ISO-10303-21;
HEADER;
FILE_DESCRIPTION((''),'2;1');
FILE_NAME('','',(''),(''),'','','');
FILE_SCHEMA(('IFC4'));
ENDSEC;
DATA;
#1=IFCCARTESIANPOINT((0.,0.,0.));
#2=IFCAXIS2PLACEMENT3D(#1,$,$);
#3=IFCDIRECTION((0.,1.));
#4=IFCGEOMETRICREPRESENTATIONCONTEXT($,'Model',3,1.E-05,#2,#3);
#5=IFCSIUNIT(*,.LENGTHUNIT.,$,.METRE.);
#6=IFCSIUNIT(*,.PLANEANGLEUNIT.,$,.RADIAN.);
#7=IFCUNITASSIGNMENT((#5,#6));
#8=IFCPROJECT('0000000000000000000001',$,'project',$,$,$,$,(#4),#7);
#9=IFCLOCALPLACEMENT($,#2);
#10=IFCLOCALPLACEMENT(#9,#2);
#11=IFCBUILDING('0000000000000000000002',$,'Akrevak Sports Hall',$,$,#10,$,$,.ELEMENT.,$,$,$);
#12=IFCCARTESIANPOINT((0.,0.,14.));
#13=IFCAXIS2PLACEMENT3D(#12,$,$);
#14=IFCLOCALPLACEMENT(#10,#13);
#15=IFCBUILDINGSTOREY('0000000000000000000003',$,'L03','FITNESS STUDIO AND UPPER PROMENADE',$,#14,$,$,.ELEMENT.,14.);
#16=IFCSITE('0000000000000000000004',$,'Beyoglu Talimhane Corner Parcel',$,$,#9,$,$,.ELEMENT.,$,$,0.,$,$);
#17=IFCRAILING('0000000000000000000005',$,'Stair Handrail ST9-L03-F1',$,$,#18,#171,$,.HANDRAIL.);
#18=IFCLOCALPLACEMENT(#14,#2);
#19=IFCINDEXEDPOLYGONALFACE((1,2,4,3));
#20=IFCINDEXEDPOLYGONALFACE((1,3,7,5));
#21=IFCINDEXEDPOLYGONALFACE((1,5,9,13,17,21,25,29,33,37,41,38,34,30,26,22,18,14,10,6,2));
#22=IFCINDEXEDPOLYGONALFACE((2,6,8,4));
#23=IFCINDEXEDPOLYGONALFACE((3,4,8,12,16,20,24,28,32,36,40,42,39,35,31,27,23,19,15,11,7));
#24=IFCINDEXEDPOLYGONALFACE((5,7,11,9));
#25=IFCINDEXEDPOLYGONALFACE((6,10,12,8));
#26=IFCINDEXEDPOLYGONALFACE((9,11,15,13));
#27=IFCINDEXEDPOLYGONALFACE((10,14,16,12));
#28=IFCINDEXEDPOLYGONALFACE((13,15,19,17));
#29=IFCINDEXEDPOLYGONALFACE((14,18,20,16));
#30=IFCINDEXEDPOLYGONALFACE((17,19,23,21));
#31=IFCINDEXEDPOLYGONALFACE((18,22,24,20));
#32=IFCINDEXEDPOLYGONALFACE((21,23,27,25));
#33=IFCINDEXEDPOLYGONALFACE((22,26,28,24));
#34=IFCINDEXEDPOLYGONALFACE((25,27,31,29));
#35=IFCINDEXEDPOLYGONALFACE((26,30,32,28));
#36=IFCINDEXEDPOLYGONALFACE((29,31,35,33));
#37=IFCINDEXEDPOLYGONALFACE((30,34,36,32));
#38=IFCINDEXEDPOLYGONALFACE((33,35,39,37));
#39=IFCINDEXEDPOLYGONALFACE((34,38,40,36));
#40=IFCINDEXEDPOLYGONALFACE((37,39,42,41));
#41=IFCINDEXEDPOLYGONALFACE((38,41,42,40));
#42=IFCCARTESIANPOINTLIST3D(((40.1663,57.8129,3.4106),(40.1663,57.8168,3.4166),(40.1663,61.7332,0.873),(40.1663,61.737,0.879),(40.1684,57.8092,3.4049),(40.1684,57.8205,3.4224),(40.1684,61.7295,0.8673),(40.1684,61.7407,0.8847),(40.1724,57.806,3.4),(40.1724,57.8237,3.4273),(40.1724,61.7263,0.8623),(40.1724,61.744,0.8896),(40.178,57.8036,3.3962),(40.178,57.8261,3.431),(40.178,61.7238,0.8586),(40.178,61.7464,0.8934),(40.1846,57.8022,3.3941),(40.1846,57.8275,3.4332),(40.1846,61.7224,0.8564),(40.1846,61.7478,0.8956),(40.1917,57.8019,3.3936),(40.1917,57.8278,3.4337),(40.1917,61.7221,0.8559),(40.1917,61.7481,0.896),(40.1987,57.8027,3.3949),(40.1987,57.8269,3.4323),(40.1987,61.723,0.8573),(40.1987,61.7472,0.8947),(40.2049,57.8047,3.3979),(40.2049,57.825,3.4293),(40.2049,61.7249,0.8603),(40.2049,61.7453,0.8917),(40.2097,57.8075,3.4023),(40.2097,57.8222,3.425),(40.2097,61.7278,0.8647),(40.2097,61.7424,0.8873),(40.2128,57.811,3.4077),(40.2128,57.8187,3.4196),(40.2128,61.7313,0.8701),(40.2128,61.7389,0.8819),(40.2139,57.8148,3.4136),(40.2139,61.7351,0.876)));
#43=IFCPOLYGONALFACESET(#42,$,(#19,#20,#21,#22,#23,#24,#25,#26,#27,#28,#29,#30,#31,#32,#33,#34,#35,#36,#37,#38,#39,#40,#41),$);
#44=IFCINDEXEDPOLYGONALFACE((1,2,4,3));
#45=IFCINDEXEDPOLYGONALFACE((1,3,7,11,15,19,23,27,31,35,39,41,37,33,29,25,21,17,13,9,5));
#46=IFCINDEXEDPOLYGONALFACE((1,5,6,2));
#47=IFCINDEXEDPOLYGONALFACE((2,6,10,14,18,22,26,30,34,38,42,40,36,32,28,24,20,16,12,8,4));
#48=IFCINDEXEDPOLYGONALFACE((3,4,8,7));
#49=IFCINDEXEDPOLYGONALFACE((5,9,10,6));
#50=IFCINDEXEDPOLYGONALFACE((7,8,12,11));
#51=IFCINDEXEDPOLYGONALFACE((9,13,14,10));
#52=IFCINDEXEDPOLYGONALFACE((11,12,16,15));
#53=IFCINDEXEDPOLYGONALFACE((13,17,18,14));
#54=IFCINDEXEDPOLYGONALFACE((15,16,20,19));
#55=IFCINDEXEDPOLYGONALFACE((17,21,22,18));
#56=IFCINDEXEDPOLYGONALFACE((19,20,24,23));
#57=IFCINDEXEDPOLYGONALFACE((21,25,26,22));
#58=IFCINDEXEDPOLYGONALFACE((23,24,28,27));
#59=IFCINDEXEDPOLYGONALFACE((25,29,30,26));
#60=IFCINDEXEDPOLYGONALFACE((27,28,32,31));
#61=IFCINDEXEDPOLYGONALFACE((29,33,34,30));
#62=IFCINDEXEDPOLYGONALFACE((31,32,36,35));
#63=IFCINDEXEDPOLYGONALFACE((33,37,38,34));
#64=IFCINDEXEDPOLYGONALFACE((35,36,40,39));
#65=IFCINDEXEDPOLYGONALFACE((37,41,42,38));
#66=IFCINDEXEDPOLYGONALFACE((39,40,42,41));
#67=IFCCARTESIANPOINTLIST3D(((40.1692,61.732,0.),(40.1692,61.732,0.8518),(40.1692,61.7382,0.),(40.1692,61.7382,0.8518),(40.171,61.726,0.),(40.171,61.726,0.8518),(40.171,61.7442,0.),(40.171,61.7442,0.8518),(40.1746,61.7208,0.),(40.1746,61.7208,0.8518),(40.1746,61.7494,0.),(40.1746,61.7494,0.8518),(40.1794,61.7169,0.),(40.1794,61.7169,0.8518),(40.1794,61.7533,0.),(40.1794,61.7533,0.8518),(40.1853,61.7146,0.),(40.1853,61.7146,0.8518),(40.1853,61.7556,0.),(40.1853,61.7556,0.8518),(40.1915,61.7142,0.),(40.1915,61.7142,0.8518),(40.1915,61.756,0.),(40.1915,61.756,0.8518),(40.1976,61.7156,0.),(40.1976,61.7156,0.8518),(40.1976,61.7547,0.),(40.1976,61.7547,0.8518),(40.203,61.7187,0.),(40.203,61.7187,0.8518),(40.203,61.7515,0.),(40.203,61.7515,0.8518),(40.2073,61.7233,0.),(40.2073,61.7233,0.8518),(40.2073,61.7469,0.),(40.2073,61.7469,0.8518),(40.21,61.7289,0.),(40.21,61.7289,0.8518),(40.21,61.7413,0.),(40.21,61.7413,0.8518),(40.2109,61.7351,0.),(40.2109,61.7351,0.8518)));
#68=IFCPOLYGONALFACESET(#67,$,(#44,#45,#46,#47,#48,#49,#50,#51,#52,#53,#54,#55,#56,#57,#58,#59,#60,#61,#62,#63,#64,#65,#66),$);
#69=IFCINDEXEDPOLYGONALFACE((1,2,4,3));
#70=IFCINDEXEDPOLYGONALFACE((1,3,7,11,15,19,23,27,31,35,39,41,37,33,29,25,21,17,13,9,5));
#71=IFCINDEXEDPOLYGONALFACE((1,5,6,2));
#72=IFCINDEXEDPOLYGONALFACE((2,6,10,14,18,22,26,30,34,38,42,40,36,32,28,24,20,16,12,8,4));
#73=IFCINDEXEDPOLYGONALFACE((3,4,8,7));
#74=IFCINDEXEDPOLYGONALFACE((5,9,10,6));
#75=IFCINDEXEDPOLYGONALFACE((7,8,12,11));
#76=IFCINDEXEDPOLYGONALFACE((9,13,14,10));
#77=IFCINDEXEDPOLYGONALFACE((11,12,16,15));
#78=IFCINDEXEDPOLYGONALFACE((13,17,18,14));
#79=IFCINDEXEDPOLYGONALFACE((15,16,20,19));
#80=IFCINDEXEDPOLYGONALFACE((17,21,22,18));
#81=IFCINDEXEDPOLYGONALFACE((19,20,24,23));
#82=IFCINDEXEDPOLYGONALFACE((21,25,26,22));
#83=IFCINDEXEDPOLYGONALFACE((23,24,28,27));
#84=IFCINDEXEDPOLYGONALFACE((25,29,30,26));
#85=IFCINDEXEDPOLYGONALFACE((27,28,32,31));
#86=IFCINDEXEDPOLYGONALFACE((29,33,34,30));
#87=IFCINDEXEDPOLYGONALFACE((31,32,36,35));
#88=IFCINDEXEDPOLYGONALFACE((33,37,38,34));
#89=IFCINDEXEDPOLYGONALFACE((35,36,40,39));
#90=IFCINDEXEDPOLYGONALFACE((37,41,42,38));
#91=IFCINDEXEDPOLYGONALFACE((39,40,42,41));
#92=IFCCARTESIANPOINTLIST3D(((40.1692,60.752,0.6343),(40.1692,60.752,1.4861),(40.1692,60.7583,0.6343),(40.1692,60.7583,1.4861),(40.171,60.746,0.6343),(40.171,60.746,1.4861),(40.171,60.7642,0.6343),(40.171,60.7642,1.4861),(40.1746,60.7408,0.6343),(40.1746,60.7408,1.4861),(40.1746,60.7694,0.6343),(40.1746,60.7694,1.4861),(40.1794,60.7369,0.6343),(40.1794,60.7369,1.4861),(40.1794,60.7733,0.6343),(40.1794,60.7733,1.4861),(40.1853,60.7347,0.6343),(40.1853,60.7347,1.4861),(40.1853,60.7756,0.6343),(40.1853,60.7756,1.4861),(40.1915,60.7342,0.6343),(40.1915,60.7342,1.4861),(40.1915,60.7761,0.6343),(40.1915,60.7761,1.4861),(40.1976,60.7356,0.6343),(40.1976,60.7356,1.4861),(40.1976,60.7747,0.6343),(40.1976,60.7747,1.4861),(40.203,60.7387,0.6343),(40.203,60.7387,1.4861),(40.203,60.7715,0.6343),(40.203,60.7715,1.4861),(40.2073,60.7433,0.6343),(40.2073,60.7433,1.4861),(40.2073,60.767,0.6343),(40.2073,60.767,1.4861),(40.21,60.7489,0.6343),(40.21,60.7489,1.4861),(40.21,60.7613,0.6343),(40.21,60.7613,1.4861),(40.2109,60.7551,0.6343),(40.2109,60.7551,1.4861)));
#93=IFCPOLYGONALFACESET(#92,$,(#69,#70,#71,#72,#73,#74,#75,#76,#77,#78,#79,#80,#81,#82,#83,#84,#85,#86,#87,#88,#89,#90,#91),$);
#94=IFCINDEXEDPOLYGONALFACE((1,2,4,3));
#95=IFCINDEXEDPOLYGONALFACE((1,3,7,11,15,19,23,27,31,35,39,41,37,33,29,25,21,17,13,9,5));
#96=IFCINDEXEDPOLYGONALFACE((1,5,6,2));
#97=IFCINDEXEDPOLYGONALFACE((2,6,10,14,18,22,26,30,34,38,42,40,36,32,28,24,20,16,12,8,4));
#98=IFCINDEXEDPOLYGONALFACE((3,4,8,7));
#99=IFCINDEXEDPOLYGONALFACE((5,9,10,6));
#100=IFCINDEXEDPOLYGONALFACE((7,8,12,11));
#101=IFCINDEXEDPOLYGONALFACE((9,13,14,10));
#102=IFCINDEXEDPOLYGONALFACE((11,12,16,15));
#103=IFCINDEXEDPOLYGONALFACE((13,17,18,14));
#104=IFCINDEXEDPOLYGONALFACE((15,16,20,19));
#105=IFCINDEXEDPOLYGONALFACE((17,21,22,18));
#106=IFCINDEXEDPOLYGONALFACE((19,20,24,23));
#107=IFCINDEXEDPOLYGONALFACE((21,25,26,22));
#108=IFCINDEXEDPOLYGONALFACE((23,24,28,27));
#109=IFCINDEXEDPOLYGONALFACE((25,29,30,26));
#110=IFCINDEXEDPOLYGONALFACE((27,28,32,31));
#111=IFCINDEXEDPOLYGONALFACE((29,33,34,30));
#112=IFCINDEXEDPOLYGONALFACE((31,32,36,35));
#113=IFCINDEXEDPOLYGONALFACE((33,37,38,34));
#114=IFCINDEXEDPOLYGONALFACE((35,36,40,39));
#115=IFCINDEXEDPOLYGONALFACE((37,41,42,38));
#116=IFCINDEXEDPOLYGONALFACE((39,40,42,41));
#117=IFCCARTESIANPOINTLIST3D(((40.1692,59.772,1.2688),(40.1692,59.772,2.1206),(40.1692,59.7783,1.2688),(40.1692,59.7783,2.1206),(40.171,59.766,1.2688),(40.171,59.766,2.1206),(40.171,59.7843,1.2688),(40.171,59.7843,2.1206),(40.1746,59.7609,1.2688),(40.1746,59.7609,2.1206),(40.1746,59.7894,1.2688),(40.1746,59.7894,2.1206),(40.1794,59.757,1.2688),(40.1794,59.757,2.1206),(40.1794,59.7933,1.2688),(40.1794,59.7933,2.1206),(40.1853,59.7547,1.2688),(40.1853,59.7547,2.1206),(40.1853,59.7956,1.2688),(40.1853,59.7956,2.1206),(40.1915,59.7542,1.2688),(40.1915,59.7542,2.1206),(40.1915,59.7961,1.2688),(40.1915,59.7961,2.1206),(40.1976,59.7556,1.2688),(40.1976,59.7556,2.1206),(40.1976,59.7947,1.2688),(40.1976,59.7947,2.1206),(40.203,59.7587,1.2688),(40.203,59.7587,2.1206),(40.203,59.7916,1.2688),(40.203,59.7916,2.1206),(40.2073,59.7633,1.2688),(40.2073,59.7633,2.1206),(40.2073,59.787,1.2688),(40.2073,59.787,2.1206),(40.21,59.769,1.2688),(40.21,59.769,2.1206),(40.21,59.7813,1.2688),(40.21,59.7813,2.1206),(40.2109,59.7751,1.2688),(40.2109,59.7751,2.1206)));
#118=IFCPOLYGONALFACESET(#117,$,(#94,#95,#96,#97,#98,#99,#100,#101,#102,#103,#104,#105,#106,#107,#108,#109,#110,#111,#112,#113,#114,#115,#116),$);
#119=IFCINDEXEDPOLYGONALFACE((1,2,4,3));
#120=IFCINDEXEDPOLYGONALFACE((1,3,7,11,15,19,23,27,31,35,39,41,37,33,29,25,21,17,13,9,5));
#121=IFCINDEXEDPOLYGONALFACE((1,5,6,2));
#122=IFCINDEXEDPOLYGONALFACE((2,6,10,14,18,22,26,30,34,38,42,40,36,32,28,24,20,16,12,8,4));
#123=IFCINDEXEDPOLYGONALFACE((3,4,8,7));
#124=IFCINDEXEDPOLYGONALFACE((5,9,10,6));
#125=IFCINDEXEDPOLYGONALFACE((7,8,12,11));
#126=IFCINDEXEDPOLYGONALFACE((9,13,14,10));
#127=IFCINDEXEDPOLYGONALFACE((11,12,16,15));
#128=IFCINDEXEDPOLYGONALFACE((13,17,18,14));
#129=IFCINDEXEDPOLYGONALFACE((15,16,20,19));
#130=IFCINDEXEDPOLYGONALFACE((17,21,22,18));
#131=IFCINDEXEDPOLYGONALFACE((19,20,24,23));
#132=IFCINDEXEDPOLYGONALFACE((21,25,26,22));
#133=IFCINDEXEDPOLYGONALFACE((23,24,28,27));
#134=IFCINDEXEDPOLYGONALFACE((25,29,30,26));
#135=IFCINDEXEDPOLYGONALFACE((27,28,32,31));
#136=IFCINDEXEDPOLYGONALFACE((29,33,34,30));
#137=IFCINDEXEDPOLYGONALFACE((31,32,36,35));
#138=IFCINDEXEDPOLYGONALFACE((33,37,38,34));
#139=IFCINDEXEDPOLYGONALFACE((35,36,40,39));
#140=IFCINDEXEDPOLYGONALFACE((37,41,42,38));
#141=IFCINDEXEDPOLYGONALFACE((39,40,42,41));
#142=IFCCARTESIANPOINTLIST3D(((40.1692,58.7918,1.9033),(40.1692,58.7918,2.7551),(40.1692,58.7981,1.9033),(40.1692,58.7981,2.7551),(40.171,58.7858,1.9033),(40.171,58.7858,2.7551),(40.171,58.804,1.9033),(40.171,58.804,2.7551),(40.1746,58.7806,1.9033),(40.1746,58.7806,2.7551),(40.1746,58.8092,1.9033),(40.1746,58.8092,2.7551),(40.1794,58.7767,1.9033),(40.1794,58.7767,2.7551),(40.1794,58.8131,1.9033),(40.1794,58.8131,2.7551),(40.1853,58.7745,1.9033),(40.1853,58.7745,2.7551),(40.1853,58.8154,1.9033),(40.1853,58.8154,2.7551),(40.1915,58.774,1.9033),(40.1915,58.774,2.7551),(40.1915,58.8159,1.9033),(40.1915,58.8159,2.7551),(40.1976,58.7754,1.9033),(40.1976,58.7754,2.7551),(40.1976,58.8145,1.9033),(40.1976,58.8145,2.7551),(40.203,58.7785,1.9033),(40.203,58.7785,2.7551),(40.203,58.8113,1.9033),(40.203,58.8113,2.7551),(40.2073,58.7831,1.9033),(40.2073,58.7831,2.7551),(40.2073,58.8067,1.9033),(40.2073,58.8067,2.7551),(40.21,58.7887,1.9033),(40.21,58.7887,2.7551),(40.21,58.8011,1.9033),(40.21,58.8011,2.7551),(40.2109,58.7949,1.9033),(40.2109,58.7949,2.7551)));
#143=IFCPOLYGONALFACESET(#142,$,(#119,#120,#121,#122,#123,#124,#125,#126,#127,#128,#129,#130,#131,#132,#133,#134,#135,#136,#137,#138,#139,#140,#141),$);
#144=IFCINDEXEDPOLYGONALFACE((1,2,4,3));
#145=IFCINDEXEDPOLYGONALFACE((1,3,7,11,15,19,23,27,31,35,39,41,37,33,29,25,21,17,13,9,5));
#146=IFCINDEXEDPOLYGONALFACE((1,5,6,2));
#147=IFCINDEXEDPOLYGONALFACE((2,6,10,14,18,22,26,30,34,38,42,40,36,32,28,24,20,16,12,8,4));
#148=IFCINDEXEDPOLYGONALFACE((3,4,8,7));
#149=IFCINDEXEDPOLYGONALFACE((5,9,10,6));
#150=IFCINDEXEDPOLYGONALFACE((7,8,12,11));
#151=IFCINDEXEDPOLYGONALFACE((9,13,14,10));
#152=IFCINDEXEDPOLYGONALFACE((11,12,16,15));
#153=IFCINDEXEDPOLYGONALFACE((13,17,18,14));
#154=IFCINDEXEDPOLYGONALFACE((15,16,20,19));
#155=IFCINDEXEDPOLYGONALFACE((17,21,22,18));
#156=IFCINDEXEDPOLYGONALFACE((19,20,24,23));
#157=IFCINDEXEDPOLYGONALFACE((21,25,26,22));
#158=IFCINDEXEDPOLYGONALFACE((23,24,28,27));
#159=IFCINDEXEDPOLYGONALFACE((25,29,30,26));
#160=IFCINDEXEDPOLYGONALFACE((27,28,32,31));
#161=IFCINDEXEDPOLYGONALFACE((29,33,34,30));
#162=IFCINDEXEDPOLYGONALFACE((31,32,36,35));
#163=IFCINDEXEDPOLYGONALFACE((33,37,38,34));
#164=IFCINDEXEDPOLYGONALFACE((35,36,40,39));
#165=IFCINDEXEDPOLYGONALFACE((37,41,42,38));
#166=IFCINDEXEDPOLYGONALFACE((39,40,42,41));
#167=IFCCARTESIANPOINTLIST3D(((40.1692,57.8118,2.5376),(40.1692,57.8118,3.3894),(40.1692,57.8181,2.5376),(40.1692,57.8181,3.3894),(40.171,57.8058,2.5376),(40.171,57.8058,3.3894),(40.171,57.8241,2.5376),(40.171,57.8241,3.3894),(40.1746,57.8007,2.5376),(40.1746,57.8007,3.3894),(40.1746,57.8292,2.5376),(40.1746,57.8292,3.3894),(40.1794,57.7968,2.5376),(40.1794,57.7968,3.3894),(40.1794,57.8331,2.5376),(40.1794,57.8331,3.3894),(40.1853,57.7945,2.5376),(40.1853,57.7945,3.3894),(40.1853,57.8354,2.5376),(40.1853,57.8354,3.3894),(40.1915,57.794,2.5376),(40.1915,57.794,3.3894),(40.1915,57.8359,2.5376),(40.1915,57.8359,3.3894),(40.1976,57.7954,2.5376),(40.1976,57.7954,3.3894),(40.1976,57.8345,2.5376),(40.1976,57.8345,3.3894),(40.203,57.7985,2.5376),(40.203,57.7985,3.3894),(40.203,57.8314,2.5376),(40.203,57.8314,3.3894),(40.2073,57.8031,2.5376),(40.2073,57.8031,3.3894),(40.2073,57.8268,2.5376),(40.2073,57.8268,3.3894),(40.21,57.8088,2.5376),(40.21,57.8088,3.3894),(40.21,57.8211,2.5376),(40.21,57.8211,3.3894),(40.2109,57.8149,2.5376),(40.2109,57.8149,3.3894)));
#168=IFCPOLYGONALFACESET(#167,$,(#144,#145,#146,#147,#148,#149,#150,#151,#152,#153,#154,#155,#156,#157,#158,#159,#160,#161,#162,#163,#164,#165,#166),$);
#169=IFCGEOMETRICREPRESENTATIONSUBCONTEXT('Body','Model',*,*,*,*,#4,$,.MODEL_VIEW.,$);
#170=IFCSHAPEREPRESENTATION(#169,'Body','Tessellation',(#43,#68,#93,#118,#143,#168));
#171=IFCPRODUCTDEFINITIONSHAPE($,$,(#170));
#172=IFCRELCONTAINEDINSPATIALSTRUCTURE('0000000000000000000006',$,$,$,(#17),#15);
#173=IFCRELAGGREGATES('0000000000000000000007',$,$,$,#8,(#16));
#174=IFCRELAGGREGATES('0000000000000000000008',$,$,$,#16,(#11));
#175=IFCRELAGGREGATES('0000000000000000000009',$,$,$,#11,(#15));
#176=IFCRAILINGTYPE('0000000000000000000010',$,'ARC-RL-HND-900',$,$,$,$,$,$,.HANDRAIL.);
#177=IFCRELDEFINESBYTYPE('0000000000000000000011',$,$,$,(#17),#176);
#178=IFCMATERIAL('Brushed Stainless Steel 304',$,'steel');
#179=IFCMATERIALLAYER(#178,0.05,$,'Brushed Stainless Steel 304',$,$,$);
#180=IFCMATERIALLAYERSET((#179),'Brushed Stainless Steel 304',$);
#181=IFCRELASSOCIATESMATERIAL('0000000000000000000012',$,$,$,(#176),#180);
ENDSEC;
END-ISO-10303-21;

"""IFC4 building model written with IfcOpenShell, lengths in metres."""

from ifc_helpers import new_model, si_unit, direction, frame, origin, origin_2d, place, context, subcontext, project, spatial, circle, extrude, material, layer, layer_set, type_object, element, save


model = new_model("IFC4")

# Units and contexts
model_context = context("Model", 3, precision=1e-05, world=origin(), true_north=direction((0.0, 1.0)))
body_context = subcontext(model_context, "Body", "Model", "MODEL_VIEW")
ifc_project = project(units=[si_unit("LENGTHUNIT", "METRE"), si_unit("PLANEANGLEUNIT", "RADIAN")], contexts=[model_context])

# Site, building, storey
site_placement = place(None, origin())
site = spatial("IfcSite", under=ifc_project, at=site_placement, Name="Beyoglu Talimhane Corner Parcel", CompositionType="ELEMENT", RefElevation=0.0)
building_placement = place(site_placement, origin())
building = spatial("IfcBuilding", under=site, at=building_placement, Name="Akrevak Sports Hall", CompositionType="ELEMENT")
storey_placement = place(building_placement, frame((0.0, 0.0, 14.0)))
storey = spatial("IfcBuildingStorey", under=building, at=storey_placement, Name="L03", Description="FITNESS STUDIO AND UPPER PROMENADE", CompositionType="ELEMENT", Elevation=14.0)

# Railing
ifc_material_1 = material(Name="Brushed Stainless Steel 304", Category="steel")
ifc_layer_1 = layer(ifc_material_1, 0.05, Name="Brushed Stainless Steel 304")
ifc_layer_set_1 = layer_set([ifc_layer_1], Name="Brushed Stainless Steel 304")
railing_type_1 = type_object("IfcRailingType", Name="ARC-RL-HND-900", PredefinedType="HANDRAIL", material=ifc_layer_set_1)
railing_1_placement = place(storey_placement, frame((40.1899, 61.7351, 0.0)))
element("IfcRailing", 1, at=railing_1_placement, inside=storey, type_object=railing_type_1, Name="Stair Handrail ST9-L03-F1", PredefinedType="HANDRAIL", context=body_context, shape_type="SweptSolid", body=[
    extrude(circle(Radius=0.0239, at=origin_2d()), frame((0.0, 0.0, 0.876), z_axis=(0.0, -0.839471, 0.543405), x_axis=(1.0, 0.0, 0.0)), (0.0, 0.0, 1.0), 4.6699),
    extrude(circle(Radius=0.021, at=origin_2d()), origin(), (0.0, 0.0, 1.0), 0.8518),
    extrude(circle(Radius=0.021, at=origin_2d()), frame((0.0, -0.98, 0.6343)), (0.0, 0.0, 1.0), 0.8518),
    extrude(circle(Radius=0.021, at=origin_2d()), frame((0.0, -1.96, 1.2688)), (0.0, 0.0, 1.0), 0.8518),
    extrude(circle(Radius=0.021, at=origin_2d()), frame((0.0, -2.9402, 1.9033)), (0.0, 0.0, 1.0), 0.8518),
    extrude(circle(Radius=0.021, at=origin_2d()), frame((0.0, -3.9202, 2.5376)), (0.0, 0.0, 1.0), 0.8518),
])

save(model, "model.ifc")
